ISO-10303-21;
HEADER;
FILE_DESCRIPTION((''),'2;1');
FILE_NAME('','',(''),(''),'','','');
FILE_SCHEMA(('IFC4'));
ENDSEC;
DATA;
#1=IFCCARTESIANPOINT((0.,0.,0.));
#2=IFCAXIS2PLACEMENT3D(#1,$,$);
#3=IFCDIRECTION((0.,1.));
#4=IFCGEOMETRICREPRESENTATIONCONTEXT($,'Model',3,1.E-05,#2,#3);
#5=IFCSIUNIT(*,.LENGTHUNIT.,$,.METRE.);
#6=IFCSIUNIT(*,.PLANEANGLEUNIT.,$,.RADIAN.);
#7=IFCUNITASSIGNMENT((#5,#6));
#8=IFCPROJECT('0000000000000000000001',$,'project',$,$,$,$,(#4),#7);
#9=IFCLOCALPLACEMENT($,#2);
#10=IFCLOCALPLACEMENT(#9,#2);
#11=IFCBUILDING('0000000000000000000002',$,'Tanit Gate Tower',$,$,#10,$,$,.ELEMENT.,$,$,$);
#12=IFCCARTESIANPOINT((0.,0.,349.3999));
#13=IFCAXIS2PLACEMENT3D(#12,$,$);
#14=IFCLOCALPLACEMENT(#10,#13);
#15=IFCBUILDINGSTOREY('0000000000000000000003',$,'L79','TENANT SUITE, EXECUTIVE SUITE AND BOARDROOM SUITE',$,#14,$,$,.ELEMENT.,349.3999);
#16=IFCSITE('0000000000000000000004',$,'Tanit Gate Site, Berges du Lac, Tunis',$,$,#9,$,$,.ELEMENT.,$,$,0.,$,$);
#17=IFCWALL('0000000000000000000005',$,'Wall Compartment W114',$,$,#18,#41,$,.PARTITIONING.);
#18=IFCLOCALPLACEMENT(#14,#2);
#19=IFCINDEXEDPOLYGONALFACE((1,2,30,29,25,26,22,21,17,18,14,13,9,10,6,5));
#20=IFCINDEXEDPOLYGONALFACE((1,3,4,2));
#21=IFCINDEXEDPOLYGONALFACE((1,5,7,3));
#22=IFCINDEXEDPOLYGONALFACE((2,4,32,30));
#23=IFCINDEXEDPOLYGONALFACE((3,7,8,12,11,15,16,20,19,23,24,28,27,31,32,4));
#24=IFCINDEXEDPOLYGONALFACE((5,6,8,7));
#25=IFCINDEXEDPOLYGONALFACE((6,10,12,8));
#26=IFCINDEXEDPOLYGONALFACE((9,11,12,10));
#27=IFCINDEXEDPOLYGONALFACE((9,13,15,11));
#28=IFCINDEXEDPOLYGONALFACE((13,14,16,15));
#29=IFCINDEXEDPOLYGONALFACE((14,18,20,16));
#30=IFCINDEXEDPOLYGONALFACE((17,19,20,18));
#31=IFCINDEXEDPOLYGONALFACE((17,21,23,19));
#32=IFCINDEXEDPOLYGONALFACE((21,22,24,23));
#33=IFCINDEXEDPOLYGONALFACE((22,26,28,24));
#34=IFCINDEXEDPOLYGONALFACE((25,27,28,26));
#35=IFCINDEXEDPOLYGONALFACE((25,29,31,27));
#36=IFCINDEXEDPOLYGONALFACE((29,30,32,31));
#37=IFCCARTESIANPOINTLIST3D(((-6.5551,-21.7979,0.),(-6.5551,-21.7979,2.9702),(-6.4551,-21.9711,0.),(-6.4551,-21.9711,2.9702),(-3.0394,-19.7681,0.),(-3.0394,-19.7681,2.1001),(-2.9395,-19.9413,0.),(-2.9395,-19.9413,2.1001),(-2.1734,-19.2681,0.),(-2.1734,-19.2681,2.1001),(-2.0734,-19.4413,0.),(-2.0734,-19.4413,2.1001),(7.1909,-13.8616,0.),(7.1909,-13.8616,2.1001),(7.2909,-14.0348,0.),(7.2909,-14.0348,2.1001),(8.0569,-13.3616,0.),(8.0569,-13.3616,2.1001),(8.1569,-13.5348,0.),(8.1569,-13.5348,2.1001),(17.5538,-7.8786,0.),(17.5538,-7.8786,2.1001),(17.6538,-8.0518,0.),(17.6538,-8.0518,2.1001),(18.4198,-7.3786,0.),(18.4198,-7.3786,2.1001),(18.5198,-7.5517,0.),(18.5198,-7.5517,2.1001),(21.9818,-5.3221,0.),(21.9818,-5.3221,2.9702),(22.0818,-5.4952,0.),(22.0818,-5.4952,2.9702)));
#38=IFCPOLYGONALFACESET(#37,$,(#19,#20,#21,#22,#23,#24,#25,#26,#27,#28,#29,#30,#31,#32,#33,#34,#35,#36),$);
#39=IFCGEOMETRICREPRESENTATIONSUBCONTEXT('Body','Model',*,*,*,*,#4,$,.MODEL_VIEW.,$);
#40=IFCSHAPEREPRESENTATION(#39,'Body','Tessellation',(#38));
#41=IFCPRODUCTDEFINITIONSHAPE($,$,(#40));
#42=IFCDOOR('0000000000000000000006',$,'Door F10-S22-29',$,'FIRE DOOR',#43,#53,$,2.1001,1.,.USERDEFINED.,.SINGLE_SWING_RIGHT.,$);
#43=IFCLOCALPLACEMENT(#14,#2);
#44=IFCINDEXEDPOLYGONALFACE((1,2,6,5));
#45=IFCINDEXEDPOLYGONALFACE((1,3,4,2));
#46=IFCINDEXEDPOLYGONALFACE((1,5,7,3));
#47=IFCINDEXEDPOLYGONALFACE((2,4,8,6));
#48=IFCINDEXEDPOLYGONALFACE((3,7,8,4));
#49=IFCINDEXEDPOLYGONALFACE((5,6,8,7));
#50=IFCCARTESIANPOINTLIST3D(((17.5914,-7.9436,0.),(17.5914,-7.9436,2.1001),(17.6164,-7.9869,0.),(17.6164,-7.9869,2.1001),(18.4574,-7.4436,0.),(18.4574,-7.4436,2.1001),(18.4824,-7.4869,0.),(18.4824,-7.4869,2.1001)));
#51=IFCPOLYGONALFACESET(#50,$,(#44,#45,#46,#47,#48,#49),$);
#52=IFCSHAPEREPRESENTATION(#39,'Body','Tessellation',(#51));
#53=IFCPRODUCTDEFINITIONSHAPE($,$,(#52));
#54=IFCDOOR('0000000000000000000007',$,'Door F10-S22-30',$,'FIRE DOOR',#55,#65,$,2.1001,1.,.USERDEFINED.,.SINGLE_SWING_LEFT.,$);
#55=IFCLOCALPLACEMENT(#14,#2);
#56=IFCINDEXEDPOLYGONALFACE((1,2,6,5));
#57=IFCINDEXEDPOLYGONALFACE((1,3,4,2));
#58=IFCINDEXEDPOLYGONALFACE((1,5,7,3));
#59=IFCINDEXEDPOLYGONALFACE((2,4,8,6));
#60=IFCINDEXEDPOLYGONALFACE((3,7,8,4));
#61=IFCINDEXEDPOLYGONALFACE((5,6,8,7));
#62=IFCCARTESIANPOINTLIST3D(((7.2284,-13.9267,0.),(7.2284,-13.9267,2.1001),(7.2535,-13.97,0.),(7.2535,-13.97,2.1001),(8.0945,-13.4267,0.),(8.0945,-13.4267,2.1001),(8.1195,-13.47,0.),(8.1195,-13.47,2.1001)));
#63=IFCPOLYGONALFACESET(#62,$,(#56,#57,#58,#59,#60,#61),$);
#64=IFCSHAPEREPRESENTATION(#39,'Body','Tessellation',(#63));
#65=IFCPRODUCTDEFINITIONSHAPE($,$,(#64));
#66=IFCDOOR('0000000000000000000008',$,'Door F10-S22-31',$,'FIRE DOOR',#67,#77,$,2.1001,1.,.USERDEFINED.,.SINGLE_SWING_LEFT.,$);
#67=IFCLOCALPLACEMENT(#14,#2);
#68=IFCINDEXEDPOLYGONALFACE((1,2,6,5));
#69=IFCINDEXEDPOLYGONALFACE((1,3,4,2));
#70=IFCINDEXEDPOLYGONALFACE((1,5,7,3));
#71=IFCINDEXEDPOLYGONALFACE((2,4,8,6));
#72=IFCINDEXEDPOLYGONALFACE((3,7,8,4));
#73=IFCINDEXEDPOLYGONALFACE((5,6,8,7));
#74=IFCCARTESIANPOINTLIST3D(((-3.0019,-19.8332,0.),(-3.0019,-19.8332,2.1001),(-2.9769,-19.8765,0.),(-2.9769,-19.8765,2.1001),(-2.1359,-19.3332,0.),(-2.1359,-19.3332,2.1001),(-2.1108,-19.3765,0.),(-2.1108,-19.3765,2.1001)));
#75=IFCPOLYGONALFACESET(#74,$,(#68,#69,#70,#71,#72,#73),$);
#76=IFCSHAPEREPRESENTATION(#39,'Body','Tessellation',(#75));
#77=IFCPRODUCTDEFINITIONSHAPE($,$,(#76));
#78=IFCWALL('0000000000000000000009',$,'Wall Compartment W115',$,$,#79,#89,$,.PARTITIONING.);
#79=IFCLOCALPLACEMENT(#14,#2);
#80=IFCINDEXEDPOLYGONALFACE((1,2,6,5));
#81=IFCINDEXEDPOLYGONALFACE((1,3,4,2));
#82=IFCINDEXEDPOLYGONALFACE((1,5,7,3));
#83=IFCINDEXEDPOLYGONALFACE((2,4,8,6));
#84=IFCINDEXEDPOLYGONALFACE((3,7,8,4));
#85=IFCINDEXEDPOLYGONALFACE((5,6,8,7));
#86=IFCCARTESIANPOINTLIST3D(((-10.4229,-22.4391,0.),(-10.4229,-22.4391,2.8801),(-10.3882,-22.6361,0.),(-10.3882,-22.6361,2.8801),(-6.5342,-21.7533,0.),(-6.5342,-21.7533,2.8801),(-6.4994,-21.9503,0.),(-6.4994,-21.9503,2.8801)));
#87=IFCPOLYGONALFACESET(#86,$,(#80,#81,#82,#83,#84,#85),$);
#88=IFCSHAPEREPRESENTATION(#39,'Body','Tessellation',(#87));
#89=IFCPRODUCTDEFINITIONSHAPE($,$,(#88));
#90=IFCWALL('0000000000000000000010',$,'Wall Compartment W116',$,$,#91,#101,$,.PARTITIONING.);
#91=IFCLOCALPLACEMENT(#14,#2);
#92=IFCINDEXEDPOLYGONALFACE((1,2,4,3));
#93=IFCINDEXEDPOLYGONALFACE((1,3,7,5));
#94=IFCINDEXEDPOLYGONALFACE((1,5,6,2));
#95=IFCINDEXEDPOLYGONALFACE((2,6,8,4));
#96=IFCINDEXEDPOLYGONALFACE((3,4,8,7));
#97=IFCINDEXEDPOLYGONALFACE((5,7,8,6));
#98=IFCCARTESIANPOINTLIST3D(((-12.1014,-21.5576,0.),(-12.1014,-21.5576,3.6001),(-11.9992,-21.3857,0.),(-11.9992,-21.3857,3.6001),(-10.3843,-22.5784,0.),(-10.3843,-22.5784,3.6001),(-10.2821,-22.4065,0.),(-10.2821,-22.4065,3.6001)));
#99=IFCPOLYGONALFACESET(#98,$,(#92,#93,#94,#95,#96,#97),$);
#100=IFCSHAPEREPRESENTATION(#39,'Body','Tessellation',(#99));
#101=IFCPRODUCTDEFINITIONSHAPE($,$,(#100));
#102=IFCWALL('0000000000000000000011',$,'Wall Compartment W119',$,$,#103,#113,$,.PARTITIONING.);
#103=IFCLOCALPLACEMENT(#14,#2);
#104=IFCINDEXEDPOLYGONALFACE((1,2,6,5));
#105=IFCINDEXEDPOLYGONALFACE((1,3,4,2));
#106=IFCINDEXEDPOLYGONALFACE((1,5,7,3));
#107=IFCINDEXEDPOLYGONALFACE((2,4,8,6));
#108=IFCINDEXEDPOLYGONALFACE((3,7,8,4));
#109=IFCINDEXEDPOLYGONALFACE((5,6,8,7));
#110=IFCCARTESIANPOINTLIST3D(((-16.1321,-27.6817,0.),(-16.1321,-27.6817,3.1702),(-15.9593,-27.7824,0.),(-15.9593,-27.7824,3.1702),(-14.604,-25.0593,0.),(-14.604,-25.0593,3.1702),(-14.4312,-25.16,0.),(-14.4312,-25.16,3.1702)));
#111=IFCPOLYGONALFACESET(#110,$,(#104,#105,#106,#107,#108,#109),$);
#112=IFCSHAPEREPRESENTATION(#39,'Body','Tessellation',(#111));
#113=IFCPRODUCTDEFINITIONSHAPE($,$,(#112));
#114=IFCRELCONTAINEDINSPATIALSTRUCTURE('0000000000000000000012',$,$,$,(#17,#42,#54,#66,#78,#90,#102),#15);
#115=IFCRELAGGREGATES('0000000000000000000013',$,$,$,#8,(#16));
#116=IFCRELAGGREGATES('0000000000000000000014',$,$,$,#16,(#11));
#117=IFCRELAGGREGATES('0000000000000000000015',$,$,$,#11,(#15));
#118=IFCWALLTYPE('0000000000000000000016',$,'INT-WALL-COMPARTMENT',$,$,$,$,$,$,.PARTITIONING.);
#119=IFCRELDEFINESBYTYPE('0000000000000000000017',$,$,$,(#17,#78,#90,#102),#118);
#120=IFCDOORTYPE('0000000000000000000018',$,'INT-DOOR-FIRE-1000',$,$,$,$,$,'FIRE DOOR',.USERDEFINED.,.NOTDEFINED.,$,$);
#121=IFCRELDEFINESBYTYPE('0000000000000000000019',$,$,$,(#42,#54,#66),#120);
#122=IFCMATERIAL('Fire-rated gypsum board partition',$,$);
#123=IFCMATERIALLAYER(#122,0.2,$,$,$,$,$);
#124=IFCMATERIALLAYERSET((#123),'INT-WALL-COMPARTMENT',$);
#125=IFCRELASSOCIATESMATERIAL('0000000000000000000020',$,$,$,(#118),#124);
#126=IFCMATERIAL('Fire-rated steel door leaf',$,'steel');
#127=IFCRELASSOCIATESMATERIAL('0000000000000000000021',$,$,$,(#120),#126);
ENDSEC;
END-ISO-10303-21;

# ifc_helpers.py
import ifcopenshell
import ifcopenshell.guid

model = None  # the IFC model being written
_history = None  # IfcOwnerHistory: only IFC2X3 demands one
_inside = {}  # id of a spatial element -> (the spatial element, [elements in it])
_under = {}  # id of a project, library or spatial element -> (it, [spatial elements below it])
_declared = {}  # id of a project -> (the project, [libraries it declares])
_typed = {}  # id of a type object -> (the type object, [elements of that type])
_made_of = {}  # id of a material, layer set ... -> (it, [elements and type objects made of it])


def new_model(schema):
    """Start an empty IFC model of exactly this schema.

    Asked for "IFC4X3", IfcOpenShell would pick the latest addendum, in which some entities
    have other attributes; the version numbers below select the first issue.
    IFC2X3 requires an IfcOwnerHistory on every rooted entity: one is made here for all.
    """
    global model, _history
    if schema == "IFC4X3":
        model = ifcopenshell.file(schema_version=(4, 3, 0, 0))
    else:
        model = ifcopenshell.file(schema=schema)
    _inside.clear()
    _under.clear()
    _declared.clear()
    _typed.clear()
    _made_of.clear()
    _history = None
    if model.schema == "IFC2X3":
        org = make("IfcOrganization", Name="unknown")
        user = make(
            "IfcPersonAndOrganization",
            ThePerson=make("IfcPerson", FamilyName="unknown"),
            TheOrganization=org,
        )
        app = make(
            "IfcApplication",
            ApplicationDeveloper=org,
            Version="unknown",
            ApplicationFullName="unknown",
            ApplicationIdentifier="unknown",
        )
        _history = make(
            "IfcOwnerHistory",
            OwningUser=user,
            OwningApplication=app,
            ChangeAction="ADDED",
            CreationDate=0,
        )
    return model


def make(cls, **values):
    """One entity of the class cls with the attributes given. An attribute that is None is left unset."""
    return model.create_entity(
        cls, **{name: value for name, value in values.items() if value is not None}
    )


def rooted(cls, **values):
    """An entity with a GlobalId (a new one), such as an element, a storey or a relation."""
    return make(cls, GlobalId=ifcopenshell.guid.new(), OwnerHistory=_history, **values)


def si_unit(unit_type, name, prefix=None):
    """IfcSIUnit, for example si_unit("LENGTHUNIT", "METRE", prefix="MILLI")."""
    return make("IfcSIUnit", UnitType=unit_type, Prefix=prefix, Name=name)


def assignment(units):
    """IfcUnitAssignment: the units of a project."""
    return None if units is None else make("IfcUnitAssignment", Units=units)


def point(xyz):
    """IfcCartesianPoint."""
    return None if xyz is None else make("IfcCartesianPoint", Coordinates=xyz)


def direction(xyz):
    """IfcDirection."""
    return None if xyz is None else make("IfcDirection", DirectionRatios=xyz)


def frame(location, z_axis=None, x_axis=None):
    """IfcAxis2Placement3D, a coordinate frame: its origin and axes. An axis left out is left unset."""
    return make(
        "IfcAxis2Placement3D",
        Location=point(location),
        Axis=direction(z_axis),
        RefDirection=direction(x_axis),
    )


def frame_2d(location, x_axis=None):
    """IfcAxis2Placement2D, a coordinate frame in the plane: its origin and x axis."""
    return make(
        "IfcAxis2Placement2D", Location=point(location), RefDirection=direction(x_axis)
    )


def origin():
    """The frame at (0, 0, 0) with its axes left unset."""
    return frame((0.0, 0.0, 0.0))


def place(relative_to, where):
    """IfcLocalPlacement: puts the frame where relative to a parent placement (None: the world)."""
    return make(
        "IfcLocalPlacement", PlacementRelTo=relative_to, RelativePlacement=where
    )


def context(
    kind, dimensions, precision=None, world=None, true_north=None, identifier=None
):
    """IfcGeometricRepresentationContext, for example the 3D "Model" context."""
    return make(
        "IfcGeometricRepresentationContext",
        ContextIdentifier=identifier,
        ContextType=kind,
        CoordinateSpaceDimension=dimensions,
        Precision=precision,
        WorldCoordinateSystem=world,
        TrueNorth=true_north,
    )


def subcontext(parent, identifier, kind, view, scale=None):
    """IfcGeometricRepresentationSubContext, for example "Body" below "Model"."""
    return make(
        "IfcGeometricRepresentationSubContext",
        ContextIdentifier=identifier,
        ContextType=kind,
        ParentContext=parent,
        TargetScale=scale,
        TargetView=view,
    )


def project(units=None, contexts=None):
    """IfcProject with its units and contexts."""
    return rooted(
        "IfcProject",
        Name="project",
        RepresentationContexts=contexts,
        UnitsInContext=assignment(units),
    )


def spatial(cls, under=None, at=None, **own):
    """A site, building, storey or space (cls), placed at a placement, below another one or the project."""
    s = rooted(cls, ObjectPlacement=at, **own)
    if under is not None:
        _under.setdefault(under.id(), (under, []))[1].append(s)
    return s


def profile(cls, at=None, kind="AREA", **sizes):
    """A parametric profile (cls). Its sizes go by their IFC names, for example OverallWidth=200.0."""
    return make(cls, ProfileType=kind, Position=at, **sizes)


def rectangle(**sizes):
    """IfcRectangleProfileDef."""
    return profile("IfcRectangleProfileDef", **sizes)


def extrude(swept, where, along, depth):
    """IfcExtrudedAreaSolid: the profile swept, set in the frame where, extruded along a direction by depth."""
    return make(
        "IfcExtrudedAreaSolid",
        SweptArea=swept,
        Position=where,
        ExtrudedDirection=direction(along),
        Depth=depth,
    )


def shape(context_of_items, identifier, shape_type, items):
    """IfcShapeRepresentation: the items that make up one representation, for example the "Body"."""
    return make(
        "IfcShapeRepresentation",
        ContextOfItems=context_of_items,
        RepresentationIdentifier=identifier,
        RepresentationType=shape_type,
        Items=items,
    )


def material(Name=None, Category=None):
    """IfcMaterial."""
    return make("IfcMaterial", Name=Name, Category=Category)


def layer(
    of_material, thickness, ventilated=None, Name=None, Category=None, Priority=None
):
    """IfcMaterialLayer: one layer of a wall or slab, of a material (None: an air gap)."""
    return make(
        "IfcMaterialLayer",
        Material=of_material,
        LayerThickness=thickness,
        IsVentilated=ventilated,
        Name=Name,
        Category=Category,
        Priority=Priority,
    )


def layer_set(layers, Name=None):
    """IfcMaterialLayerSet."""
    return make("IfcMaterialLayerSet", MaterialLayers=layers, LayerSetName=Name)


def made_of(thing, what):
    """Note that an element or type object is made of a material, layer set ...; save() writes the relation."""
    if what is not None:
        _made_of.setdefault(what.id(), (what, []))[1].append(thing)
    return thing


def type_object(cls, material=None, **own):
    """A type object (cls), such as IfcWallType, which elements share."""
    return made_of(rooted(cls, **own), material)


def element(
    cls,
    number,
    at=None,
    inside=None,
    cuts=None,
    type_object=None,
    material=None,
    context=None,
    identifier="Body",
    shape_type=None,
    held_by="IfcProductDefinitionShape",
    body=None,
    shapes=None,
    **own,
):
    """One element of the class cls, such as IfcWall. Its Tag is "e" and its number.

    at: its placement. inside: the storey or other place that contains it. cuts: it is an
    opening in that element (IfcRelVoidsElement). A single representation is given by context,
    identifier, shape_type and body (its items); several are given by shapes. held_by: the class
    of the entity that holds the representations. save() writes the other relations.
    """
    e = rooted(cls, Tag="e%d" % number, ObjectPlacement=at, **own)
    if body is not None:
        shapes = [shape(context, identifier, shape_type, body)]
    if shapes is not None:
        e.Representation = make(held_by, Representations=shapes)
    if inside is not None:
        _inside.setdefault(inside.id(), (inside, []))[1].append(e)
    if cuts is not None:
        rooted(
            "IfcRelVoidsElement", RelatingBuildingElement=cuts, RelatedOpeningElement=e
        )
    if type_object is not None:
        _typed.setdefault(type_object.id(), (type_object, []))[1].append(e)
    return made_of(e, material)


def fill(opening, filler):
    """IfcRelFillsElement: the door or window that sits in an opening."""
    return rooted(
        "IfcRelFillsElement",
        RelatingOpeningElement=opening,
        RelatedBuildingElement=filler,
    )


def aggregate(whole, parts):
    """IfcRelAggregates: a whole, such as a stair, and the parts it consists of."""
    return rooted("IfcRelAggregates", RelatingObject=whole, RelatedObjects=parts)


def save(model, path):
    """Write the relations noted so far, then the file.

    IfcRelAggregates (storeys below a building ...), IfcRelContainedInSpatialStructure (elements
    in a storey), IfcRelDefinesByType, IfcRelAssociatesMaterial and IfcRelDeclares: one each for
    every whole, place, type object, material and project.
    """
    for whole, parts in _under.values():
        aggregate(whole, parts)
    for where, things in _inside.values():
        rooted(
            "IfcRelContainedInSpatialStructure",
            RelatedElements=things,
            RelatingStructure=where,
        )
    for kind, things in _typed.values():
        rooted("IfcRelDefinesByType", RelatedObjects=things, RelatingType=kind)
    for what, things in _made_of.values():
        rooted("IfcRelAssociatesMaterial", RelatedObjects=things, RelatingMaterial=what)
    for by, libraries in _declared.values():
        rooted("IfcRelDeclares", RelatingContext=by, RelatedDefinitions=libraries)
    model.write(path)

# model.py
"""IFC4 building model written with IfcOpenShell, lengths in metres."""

from ifc_helpers import new_model, si_unit, direction, frame, frame_2d, origin, place, context, subcontext, project, spatial, rectangle, extrude, material, layer, layer_set, type_object, element, fill, save


model = new_model("IFC4")

# Units and contexts
model_context = context("Model", 3, precision=1e-05, world=origin(), true_north=direction((0.0, 1.0)))
body_context = subcontext(model_context, "Body", "Model", "MODEL_VIEW")
ifc_project = project(units=[si_unit("LENGTHUNIT", "METRE"), si_unit("PLANEANGLEUNIT", "RADIAN")], contexts=[model_context])

# Site, building, storey
site_placement = place(None, origin())
site = spatial("IfcSite", under=ifc_project, at=site_placement, Name="Tanit Gate Site, Berges du Lac, Tunis", CompositionType="ELEMENT", RefElevation=0.0)
building_placement = place(site_placement, origin())
building = spatial("IfcBuilding", under=site, at=building_placement, Name="Tanit Gate Tower", CompositionType="ELEMENT")
storey_placement = place(building_placement, frame((0.0, 0.0, 349.3999)))
storey = spatial("IfcBuildingStorey", under=building, at=storey_placement, Name="L79", Description="TENANT SUITE, EXECUTIVE SUITE AND BOARDROOM SUITE", CompositionType="ELEMENT", Elevation=349.3999)

# Shared definitions
ifc_material_1 = material(Name="Fire-rated gypsum board partition")
ifc_layer_1 = layer(ifc_material_1, 0.2)
ifc_layer_set_1 = layer_set([ifc_layer_1], Name="INT-WALL-COMPARTMENT")
wall_type_1 = type_object("IfcWallType", Name="INT-WALL-COMPARTMENT", PredefinedType="PARTITIONING", material=ifc_layer_set_1)

# Wall, openings, doors
wall_1_placement = place(storey_placement, frame((-6.5051, -21.8845, 0.0), z_axis=(0.0, 0.0, 1.0), x_axis=(0.866025, 0.500001, 0.0)))
wall_1 = element("IfcWall", 1, at=wall_1_placement, inside=storey, type_object=wall_type_1, Name="Wall Compartment W114", PredefinedType="PARTITIONING", context=body_context, shape_type="SweptSolid", body=[
    extrude(rectangle(XDim=32.9517, YDim=0.2, at=frame_2d((16.4758, 0.0))), origin(), (0.0, 0.0, 1.0), 2.9702),
])
opening_1_placement = place(wall_1_placement, frame((27.8386, 0.0, 0.0)))
opening_1 = element("IfcOpeningElement", 2, at=opening_1_placement, cuts=wall_1, PredefinedType="OPENING", context=body_context, shape_type="SweptSolid", body=[
    extrude(rectangle(XDim=1.0, YDim=2.1001, at=frame_2d((0.5, 1.05))), frame((0.0, 0.1099, 0.0), z_axis=(0.0, -1.0, 0.0), x_axis=(1.0, 0.0, 0.0)), (0.0, 0.0, 1.0), 0.22),
])
opening_2_placement = place(wall_1_placement, frame((15.8726, 0.0, 0.0)))
opening_2 = element("IfcOpeningElement", 3, at=opening_2_placement, cuts=wall_1, PredefinedType="OPENING", context=body_context, shape_type="SweptSolid", body=[
    extrude(rectangle(XDim=1.0, YDim=2.1001, at=frame_2d((0.5, 1.05))), frame((0.0, 0.1099, 0.0), z_axis=(0.0, -1.0, 0.0), x_axis=(1.0, 0.0, 0.0)), (0.0, 0.0, 1.0), 0.22),
])
opening_3_placement = place(wall_1_placement, frame((4.0596, 0.0, 0.0)))
opening_3 = element("IfcOpeningElement", 4, at=opening_3_placement, cuts=wall_1, PredefinedType="OPENING", context=body_context, shape_type="SweptSolid", body=[
    extrude(rectangle(XDim=1.0, YDim=2.1001, at=frame_2d((0.5, 1.05))), frame((0.0, 0.1099, 0.0), z_axis=(0.0, -1.0, 0.0), x_axis=(1.0, 0.0, 0.0)), (0.0, 0.0, 1.0), 0.22),
])
ifc_material_2 = material(Name="Fire-rated steel door leaf", Category="steel")
door_type_1 = type_object("IfcDoorType", Name="INT-DOOR-FIRE-1000", ElementType="FIRE DOOR", OperationType="NOTDEFINED", PredefinedType="USERDEFINED", material=ifc_material_2)
door_1_placement = place(opening_1_placement, origin())
door_1 = element("IfcDoor", 5, at=door_1_placement, inside=storey, type_object=door_type_1, Name="Door F10-S22-29", ObjectType="FIRE DOOR", OperationType="SINGLE_SWING_RIGHT", OverallHeight=2.1001, OverallWidth=1.0, PredefinedType="USERDEFINED", context=body_context, shape_type="SweptSolid", body=[
    extrude(rectangle(XDim=1.0, YDim=2.1001, at=frame_2d((0.5, 1.05))), frame((0.0, 0.0249, 0.0), z_axis=(0.0, -1.0, 0.0), x_axis=(1.0, 0.0, 0.0)), (0.0, 0.0, 1.0), 0.05),
])
fill(opening_1, door_1)
door_2_placement = place(opening_2_placement, origin())
door_2 = element("IfcDoor", 6, at=door_2_placement, inside=storey, type_object=door_type_1, Name="Door F10-S22-30", ObjectType="FIRE DOOR", OperationType="SINGLE_SWING_LEFT", OverallHeight=2.1001, OverallWidth=1.0, PredefinedType="USERDEFINED", context=body_context, shape_type="SweptSolid", body=[
    extrude(rectangle(XDim=1.0, YDim=2.1001, at=frame_2d((0.5, 1.05))), frame((0.0, 0.0249, 0.0), z_axis=(0.0, -1.0, 0.0), x_axis=(1.0, 0.0, 0.0)), (0.0, 0.0, 1.0), 0.05),
])
fill(opening_2, door_2)
door_3_placement = place(opening_3_placement, origin())
door_3 = element("IfcDoor", 7, at=door_3_placement, inside=storey, type_object=door_type_1, Name="Door F10-S22-31", ObjectType="FIRE DOOR", OperationType="SINGLE_SWING_LEFT", OverallHeight=2.1001, OverallWidth=1.0, PredefinedType="USERDEFINED", context=body_context, shape_type="SweptSolid", body=[
    extrude(rectangle(XDim=1.0, YDim=2.1001, at=frame_2d((0.5, 1.05))), frame((0.0, 0.0249, 0.0), z_axis=(0.0, -1.0, 0.0), x_axis=(1.0, 0.0, 0.0)), (0.0, 0.0, 1.0), 0.05),
])
fill(opening_3, door_3)

# Walls
wall_2_placement = place(storey_placement, frame((-10.4055, -22.5376, 0.0), z_axis=(0.0, 0.0, 1.0), x_axis=(0.984803, 0.173676, 0.0)))
element("IfcWall", 8, at=wall_2_placement, inside=storey, type_object=wall_type_1, Name="Wall Compartment W115", PredefinedType="PARTITIONING", context=body_context, shape_type="SweptSolid", body=[
    extrude(rectangle(XDim=3.9487, YDim=0.2, at=frame_2d((1.9744, 0.0))), origin(), (0.0, 0.0, 1.0), 2.8801),
])
wall_3_placement = place(storey_placement, frame((-12.0503, -21.4717, 0.0), z_axis=(0.0, 0.0, 1.0), x_axis=(0.859578, -0.511005, 0.0)))
element("IfcWall", 9, at=wall_3_placement, inside=storey, type_object=wall_type_1, Name="Wall Compartment W116", PredefinedType="PARTITIONING", context=body_context, shape_type="SweptSolid", body=[
    extrude(rectangle(XDim=1.9976, YDim=0.2, at=frame_2d((0.9988, 0.0))), origin(), (0.0, 0.0, 1.0), 3.6001),
])
wall_4_placement = place(storey_placement, frame((-14.5176, -25.1096, 0.0), z_axis=(0.0, 0.0, 1.0), x_axis=(-0.503476, -0.864009, 0.0)))
element("IfcWall", 10, at=wall_4_placement, inside=storey, type_object=wall_type_1, Name="Wall Compartment W119", PredefinedType="PARTITIONING", context=body_context, shape_type="SweptSolid", body=[
    extrude(rectangle(XDim=3.0352, YDim=0.2, at=frame_2d((1.5176, 0.0))), origin(), (0.0, 0.0, 1.0), 3.1702),
])

save(model, "model.ifc")
